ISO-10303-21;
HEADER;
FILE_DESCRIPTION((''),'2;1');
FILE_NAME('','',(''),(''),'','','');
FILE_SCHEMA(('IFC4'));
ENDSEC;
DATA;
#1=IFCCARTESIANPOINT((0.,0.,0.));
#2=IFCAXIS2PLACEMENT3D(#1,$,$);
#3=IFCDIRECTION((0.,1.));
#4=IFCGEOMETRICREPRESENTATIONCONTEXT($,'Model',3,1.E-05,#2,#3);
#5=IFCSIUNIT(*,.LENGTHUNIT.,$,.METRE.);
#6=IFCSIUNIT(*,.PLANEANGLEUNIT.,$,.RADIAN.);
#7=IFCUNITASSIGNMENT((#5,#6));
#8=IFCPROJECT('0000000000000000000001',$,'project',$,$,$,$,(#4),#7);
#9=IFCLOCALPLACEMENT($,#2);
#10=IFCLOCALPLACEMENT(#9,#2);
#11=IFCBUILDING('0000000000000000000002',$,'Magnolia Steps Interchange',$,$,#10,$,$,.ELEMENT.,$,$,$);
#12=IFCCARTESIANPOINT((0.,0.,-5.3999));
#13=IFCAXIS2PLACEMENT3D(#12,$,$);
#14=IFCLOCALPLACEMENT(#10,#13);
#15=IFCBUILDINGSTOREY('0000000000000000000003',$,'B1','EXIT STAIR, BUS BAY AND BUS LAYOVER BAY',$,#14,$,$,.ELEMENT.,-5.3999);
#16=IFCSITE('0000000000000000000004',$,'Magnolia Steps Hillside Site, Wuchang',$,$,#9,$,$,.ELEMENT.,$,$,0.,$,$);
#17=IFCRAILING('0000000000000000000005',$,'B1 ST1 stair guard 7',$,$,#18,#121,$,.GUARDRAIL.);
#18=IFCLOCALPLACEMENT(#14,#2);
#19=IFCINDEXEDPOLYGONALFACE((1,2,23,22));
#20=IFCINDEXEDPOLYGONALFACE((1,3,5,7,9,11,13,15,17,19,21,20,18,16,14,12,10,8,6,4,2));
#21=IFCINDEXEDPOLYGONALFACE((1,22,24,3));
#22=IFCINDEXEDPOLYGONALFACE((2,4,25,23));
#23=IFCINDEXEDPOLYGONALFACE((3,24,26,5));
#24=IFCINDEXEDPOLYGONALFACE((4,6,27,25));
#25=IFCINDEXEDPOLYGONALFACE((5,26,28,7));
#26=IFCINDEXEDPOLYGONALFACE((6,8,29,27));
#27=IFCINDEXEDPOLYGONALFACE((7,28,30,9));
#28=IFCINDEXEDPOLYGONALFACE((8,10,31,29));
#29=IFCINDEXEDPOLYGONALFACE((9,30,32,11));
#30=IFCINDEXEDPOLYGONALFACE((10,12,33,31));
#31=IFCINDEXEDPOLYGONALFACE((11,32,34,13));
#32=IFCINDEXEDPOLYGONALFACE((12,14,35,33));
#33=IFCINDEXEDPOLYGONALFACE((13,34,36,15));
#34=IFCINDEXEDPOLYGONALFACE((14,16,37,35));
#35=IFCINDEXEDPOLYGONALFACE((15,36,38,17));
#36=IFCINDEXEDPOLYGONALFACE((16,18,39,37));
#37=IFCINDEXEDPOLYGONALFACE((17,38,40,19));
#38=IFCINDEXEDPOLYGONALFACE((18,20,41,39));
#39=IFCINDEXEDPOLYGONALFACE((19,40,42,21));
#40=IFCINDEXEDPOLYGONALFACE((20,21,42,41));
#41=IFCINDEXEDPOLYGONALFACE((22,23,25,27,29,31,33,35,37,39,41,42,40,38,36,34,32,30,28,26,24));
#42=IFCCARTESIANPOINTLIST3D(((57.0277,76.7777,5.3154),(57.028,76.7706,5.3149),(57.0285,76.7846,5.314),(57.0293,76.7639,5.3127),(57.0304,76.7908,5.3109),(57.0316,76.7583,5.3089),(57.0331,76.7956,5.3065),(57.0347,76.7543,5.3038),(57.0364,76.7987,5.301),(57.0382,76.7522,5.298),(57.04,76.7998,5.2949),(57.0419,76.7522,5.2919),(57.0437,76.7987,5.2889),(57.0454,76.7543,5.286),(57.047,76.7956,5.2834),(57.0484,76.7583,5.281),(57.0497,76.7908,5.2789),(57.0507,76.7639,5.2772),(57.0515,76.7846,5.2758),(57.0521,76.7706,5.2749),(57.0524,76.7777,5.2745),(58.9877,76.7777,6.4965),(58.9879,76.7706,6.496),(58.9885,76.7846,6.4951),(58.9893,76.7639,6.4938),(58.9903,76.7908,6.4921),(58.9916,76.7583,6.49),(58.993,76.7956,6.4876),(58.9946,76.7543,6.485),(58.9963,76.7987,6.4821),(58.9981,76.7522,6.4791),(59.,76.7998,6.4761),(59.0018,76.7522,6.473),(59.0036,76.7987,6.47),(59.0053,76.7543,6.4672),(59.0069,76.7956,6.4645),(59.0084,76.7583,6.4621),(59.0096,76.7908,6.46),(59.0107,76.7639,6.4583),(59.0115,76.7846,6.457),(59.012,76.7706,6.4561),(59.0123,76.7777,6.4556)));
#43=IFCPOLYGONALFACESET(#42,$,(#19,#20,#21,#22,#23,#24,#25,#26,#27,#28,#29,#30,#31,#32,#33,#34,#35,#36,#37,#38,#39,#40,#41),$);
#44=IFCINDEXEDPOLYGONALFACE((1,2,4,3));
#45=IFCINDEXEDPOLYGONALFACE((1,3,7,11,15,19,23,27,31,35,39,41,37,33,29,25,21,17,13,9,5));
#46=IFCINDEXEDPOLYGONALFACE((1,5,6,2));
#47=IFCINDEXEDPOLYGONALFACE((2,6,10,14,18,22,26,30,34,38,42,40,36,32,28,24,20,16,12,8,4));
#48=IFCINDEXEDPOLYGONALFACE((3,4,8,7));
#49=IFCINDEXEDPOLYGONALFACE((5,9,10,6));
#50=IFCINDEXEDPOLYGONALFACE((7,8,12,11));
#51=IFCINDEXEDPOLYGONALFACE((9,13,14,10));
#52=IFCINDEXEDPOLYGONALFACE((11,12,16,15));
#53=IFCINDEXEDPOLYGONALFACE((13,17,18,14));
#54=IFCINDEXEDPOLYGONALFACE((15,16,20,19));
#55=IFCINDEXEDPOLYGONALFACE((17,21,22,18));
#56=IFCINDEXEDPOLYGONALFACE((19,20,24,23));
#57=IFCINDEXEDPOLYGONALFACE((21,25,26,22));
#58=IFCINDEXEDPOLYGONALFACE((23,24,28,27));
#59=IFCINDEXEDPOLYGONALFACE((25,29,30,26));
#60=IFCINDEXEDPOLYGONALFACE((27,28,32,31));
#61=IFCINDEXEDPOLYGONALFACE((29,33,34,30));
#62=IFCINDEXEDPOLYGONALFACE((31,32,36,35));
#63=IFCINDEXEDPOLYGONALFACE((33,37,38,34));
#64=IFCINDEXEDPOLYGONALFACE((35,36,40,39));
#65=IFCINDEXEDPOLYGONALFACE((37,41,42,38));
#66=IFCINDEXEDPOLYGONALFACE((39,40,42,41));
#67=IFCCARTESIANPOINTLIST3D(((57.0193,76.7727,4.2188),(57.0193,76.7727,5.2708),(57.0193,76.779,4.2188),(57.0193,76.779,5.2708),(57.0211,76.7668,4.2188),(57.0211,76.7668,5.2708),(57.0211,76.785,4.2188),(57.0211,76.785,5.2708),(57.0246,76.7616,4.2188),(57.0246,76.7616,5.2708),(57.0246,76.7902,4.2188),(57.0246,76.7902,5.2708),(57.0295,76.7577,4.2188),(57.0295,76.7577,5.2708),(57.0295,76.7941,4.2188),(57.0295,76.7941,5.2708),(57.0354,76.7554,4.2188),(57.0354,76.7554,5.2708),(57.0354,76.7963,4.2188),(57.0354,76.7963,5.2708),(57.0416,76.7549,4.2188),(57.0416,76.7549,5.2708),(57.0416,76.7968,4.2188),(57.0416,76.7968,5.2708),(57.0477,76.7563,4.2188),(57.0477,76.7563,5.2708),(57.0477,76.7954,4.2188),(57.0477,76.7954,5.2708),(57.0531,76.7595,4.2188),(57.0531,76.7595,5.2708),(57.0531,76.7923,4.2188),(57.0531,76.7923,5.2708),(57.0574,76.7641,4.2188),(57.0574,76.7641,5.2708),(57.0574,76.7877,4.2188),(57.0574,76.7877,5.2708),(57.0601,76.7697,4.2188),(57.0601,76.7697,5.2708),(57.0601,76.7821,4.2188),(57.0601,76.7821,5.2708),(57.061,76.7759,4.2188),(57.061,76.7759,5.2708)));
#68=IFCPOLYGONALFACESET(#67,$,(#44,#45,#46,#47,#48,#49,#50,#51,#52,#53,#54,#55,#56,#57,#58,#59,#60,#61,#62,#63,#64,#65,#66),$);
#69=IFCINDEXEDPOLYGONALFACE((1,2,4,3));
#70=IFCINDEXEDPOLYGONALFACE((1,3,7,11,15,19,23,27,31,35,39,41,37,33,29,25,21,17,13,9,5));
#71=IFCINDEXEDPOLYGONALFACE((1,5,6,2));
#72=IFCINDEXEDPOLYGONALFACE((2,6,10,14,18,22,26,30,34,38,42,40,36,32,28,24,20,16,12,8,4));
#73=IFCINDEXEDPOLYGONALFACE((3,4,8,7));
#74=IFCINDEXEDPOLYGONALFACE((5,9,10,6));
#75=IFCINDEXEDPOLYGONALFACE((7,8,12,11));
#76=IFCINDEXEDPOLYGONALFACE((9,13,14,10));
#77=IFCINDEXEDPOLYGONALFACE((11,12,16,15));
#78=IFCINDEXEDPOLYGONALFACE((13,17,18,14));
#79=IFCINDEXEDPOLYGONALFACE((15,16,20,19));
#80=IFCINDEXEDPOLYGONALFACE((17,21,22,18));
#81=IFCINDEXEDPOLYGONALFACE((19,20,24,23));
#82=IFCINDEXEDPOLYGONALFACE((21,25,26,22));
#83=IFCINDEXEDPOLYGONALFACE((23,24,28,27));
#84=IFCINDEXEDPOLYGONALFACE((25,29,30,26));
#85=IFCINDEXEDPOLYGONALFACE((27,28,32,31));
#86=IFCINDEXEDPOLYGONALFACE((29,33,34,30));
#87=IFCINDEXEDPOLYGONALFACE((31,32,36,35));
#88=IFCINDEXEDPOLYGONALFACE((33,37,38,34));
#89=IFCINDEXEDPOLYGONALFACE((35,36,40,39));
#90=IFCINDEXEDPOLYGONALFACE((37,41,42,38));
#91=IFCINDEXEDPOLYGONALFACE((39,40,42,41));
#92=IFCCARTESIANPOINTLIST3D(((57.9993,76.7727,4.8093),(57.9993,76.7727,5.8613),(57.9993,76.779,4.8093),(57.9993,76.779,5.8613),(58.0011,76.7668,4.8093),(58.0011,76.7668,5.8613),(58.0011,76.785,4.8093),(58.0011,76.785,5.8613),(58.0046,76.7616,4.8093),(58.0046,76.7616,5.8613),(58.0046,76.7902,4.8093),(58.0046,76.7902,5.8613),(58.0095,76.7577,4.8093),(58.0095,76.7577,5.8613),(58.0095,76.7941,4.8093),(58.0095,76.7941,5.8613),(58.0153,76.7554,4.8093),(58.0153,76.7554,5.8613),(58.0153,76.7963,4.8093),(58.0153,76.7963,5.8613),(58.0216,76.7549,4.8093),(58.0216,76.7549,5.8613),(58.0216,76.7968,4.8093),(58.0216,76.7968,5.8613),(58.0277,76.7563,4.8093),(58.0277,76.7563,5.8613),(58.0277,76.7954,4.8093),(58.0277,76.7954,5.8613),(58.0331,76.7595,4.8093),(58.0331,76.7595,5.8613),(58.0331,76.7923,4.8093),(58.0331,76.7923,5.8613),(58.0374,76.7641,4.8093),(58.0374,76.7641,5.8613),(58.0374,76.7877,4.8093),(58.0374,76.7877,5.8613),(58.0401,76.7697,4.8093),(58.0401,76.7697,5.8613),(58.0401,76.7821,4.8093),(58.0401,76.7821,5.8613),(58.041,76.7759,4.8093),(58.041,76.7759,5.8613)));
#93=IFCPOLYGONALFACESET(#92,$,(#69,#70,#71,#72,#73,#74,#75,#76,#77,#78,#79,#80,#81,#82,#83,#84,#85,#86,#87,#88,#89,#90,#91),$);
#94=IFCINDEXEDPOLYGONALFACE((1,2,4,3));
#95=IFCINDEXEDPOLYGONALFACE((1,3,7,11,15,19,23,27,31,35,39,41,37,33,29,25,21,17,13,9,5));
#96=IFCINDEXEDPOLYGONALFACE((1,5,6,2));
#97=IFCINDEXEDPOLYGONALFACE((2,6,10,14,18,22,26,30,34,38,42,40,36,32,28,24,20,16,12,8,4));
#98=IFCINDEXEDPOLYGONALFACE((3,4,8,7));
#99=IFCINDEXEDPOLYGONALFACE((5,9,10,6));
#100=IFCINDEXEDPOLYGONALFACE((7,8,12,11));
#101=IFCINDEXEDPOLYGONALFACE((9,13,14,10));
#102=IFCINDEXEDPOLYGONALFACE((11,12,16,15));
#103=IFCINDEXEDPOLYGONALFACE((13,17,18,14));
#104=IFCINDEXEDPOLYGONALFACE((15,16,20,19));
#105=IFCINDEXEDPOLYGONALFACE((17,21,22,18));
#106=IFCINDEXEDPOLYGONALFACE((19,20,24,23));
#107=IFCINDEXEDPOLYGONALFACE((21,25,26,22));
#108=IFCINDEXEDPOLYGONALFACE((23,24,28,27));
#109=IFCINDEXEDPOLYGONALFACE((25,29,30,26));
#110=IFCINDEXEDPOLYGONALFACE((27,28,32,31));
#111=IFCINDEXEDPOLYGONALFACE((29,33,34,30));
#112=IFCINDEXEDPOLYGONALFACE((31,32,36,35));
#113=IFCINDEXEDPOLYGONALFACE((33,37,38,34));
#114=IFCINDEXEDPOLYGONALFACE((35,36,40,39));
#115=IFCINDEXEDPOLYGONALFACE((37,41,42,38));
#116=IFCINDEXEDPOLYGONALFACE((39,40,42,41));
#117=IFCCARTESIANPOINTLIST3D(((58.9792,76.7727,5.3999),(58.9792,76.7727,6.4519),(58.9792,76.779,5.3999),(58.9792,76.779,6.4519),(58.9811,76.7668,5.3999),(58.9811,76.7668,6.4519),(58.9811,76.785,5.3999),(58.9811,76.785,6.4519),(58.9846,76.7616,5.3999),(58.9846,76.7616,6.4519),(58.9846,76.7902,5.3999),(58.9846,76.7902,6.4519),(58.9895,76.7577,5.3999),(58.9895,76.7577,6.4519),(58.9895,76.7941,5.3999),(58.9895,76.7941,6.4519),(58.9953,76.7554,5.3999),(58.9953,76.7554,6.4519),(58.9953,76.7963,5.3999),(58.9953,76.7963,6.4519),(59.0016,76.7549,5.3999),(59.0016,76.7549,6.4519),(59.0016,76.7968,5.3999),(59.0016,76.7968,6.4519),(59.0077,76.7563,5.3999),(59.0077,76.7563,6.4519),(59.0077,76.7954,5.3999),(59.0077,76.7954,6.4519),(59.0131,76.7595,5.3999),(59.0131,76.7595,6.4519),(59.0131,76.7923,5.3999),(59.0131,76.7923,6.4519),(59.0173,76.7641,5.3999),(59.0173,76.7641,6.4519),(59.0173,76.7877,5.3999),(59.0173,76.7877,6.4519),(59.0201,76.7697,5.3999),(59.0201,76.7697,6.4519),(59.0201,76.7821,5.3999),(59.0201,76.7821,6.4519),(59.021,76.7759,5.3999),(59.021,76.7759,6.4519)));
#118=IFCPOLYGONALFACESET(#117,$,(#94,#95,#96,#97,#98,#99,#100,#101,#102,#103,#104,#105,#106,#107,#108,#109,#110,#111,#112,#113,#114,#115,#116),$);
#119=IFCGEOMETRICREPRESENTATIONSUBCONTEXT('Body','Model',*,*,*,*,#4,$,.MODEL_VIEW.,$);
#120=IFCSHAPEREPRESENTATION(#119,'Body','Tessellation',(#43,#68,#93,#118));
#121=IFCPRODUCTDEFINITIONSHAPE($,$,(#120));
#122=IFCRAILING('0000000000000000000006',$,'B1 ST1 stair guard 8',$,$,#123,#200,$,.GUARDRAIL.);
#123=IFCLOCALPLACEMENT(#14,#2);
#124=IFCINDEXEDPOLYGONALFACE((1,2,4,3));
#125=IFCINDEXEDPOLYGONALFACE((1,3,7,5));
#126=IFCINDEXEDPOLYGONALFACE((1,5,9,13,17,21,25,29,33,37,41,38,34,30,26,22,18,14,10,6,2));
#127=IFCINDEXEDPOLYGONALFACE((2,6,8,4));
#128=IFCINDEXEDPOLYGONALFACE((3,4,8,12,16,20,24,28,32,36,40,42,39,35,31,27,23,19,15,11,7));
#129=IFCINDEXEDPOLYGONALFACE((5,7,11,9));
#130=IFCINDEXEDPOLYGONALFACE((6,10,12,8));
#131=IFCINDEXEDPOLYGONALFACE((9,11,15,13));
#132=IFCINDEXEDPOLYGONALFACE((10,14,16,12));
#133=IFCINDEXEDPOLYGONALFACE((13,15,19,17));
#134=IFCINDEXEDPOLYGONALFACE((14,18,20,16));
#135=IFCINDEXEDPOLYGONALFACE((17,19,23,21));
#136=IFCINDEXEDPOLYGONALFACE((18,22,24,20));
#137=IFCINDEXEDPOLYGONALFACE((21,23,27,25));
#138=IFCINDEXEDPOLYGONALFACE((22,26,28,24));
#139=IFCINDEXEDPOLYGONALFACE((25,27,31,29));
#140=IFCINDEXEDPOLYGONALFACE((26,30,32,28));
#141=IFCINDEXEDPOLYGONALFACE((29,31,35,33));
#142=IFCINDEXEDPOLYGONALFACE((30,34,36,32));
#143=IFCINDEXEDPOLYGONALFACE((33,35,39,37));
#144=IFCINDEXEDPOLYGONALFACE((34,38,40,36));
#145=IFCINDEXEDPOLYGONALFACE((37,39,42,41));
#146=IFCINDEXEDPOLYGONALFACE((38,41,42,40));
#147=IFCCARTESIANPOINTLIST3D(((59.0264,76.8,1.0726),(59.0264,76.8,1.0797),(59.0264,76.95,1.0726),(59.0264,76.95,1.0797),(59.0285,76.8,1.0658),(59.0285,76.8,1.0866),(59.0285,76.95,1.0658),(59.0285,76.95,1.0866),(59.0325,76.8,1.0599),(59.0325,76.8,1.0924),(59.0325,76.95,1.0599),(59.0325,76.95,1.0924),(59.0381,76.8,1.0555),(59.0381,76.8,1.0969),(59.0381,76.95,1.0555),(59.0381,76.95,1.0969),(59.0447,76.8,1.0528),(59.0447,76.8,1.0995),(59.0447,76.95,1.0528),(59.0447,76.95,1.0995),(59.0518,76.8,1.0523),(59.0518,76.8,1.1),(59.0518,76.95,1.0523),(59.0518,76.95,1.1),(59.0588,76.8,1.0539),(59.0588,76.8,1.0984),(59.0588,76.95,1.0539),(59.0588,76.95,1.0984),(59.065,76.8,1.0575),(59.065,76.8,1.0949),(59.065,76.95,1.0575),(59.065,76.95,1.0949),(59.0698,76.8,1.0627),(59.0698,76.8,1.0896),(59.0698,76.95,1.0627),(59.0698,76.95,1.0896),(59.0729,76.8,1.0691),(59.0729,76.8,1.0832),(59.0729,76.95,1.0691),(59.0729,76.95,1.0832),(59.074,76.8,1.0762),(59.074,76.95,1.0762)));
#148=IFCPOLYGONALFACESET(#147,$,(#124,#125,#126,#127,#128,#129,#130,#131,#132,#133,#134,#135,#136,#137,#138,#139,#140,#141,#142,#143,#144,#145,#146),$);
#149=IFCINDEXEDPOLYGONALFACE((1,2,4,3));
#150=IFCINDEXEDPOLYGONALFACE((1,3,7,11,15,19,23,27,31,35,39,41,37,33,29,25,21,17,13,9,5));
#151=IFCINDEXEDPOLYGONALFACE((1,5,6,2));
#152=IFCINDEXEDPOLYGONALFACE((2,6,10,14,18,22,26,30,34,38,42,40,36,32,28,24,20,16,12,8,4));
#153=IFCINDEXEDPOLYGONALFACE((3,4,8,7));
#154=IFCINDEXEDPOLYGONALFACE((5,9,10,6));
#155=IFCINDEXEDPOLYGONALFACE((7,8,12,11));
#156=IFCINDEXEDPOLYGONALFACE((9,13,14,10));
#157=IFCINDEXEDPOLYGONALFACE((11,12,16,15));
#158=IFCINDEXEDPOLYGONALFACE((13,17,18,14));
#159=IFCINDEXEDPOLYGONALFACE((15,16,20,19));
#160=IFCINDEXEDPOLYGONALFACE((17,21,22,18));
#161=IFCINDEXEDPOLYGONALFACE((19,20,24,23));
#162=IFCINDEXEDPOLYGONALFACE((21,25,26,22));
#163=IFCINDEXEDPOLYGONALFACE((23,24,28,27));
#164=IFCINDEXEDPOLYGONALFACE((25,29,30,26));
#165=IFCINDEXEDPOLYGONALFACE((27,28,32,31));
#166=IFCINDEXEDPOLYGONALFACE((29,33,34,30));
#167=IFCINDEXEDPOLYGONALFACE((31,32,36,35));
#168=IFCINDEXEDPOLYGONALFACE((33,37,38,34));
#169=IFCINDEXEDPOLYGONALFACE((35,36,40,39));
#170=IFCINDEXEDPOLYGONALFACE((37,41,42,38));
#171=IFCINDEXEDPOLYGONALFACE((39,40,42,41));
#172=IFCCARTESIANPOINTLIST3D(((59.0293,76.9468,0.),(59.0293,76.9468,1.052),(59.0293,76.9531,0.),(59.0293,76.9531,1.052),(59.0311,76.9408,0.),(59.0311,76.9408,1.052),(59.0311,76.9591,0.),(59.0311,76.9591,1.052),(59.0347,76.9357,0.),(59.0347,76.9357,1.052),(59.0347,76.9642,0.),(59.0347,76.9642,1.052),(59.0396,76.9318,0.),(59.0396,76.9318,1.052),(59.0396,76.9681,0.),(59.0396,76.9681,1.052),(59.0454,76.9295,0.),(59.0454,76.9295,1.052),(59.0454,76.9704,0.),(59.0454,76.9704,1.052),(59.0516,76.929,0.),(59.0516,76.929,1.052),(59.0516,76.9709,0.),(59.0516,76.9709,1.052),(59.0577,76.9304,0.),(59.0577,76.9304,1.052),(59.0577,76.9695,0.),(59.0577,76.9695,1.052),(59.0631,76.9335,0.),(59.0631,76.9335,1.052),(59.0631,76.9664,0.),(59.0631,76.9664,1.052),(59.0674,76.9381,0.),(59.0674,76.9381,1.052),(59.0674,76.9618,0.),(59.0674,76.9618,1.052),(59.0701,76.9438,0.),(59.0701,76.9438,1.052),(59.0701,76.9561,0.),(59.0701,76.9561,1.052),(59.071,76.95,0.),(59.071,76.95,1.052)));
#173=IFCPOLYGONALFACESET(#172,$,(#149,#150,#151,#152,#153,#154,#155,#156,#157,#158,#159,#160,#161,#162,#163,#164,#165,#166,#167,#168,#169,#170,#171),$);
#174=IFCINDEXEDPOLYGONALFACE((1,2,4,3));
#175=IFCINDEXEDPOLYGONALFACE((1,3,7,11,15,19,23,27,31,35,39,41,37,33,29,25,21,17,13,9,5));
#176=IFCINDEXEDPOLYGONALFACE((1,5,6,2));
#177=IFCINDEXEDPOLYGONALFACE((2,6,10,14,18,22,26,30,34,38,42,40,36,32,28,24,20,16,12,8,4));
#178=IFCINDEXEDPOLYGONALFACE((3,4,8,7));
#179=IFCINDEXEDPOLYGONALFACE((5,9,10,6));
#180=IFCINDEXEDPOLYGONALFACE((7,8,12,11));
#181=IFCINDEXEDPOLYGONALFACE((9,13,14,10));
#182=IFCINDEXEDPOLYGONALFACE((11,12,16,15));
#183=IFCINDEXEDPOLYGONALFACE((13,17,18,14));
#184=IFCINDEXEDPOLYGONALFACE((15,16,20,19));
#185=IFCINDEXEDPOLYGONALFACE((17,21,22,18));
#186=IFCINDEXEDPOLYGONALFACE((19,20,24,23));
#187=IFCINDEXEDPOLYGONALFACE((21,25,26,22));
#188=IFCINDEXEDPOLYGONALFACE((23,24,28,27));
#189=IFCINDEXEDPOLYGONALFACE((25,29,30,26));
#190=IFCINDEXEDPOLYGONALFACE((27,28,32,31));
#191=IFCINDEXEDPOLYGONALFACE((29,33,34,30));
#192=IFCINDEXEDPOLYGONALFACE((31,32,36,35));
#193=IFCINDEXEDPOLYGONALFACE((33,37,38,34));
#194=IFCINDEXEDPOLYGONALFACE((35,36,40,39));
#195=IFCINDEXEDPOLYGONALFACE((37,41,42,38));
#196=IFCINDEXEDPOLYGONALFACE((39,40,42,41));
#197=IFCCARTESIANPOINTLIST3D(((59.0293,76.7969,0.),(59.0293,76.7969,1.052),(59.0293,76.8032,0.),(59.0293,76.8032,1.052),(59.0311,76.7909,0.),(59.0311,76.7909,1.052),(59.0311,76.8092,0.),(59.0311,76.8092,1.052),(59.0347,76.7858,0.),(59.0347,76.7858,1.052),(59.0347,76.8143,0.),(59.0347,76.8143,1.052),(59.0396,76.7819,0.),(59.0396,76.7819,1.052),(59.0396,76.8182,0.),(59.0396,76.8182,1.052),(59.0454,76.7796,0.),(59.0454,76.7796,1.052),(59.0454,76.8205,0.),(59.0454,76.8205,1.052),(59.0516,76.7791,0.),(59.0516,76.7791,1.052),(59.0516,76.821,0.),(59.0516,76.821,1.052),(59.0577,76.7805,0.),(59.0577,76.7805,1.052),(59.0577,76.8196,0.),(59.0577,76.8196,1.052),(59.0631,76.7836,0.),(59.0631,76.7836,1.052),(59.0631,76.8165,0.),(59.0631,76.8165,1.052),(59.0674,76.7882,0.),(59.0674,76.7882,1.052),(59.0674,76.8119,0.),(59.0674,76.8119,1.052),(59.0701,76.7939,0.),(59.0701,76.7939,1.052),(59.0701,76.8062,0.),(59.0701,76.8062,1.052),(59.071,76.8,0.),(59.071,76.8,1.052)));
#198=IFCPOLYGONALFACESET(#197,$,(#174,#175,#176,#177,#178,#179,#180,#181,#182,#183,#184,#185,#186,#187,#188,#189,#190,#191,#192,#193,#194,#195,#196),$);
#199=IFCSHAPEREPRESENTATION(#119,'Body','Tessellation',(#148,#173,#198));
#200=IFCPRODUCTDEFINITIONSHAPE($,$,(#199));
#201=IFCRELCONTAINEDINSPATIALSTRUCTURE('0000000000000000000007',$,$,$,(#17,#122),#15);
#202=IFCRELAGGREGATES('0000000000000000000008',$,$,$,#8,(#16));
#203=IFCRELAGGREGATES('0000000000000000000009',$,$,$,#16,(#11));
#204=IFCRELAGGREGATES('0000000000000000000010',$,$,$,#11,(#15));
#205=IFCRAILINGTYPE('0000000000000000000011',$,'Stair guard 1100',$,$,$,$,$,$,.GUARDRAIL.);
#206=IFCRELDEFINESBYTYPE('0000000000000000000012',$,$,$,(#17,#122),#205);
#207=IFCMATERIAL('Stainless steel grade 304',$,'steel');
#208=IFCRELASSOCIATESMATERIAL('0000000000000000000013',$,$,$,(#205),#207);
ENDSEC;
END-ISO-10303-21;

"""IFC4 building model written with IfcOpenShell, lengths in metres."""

from ifc_helpers import new_model, si_unit, direction, frame, origin, origin_2d, place, context, subcontext, project, spatial, circle, extrude, material, type_object, element, save


model = new_model("IFC4")

# Units and contexts
model_context = context("Model", 3, precision=1e-05, world=origin(), true_north=direction((0.0, 1.0)))
body_context = subcontext(model_context, "Body", "Model", "MODEL_VIEW")
ifc_project = project(units=[si_unit("LENGTHUNIT", "METRE"), si_unit("PLANEANGLEUNIT", "RADIAN")], contexts=[model_context])

# Site, building, storey
site_placement = place(None, origin())
site = spatial("IfcSite", under=ifc_project, at=site_placement, Name="Magnolia Steps Hillside Site, Wuchang", CompositionType="ELEMENT", RefElevation=0.0)
building_placement = place(site_placement, origin())
building = spatial("IfcBuilding", under=site, at=building_placement, Name="Magnolia Steps Interchange", CompositionType="ELEMENT")
storey_placement = place(building_placement, frame((0.0, 0.0, -5.3999)))
storey = spatial("IfcBuildingStorey", under=building, at=storey_placement, Name="B1", Description="EXIT STAIR, BUS BAY AND BUS LAYOVER BAY", CompositionType="ELEMENT", Elevation=-5.3999)

# Railings
ifc_material_1 = material(Name="Stainless steel grade 304", Category="steel")
railing_type_1 = type_object("IfcRailingType", Name="Stair guard 1100", PredefinedType="GUARDRAIL", material=ifc_material_1)
railing_1_placement = place(storey_placement, frame((57.04, 76.7759, 4.2188)))
element("IfcRailing", 1, at=railing_1_placement, inside=storey, type_object=railing_type_1, Name="B1 ST1 stair guard 7", PredefinedType="GUARDRAIL", context=body_context, shape_type="SweptSolid", body=[
    extrude(circle(Radius=0.0239, at=origin_2d()), frame((0.0, 0.0, 1.0762), z_axis=(0.856493, 0.0, 0.516158), x_axis=(0.0, 1.0, 0.0)), (0.0, 0.0, 1.0), 2.2883),
    extrude(circle(Radius=0.021, at=origin_2d()), origin(), (0.0, 0.0, 1.0), 1.052),
    extrude(circle(Radius=0.021, at=origin_2d()), frame((0.98, 0.0, 0.5906)), (0.0, 0.0, 1.0), 1.052),
    extrude(circle(Radius=0.021, at=origin_2d()), frame((1.96, 0.0, 1.1812)), (0.0, 0.0, 1.0), 1.052),
])
railing_2_placement = place(storey_placement, frame((59.05, 76.95, 0.0)))
element("IfcRailing", 2, at=railing_2_placement, inside=storey, type_object=railing_type_1, Name="B1 ST1 stair guard 8", PredefinedType="GUARDRAIL", context=body_context, shape_type="SweptSolid", body=[
    extrude(circle(Radius=0.0239, at=origin_2d()), frame((0.0, 0.0, 1.0762), z_axis=(0.0, -1.0, 0.0), x_axis=(1.0, 0.0, 0.0)), (0.0, 0.0, 1.0), 0.1499),
    extrude(circle(Radius=0.021, at=origin_2d()), origin(), (0.0, 0.0, 1.0), 1.052),
    extrude(circle(Radius=0.021, at=origin_2d()), frame((0.0, -0.1499, 0.0)), (0.0, 0.0, 1.0), 1.052),
])

save(model, "model.ifc")
